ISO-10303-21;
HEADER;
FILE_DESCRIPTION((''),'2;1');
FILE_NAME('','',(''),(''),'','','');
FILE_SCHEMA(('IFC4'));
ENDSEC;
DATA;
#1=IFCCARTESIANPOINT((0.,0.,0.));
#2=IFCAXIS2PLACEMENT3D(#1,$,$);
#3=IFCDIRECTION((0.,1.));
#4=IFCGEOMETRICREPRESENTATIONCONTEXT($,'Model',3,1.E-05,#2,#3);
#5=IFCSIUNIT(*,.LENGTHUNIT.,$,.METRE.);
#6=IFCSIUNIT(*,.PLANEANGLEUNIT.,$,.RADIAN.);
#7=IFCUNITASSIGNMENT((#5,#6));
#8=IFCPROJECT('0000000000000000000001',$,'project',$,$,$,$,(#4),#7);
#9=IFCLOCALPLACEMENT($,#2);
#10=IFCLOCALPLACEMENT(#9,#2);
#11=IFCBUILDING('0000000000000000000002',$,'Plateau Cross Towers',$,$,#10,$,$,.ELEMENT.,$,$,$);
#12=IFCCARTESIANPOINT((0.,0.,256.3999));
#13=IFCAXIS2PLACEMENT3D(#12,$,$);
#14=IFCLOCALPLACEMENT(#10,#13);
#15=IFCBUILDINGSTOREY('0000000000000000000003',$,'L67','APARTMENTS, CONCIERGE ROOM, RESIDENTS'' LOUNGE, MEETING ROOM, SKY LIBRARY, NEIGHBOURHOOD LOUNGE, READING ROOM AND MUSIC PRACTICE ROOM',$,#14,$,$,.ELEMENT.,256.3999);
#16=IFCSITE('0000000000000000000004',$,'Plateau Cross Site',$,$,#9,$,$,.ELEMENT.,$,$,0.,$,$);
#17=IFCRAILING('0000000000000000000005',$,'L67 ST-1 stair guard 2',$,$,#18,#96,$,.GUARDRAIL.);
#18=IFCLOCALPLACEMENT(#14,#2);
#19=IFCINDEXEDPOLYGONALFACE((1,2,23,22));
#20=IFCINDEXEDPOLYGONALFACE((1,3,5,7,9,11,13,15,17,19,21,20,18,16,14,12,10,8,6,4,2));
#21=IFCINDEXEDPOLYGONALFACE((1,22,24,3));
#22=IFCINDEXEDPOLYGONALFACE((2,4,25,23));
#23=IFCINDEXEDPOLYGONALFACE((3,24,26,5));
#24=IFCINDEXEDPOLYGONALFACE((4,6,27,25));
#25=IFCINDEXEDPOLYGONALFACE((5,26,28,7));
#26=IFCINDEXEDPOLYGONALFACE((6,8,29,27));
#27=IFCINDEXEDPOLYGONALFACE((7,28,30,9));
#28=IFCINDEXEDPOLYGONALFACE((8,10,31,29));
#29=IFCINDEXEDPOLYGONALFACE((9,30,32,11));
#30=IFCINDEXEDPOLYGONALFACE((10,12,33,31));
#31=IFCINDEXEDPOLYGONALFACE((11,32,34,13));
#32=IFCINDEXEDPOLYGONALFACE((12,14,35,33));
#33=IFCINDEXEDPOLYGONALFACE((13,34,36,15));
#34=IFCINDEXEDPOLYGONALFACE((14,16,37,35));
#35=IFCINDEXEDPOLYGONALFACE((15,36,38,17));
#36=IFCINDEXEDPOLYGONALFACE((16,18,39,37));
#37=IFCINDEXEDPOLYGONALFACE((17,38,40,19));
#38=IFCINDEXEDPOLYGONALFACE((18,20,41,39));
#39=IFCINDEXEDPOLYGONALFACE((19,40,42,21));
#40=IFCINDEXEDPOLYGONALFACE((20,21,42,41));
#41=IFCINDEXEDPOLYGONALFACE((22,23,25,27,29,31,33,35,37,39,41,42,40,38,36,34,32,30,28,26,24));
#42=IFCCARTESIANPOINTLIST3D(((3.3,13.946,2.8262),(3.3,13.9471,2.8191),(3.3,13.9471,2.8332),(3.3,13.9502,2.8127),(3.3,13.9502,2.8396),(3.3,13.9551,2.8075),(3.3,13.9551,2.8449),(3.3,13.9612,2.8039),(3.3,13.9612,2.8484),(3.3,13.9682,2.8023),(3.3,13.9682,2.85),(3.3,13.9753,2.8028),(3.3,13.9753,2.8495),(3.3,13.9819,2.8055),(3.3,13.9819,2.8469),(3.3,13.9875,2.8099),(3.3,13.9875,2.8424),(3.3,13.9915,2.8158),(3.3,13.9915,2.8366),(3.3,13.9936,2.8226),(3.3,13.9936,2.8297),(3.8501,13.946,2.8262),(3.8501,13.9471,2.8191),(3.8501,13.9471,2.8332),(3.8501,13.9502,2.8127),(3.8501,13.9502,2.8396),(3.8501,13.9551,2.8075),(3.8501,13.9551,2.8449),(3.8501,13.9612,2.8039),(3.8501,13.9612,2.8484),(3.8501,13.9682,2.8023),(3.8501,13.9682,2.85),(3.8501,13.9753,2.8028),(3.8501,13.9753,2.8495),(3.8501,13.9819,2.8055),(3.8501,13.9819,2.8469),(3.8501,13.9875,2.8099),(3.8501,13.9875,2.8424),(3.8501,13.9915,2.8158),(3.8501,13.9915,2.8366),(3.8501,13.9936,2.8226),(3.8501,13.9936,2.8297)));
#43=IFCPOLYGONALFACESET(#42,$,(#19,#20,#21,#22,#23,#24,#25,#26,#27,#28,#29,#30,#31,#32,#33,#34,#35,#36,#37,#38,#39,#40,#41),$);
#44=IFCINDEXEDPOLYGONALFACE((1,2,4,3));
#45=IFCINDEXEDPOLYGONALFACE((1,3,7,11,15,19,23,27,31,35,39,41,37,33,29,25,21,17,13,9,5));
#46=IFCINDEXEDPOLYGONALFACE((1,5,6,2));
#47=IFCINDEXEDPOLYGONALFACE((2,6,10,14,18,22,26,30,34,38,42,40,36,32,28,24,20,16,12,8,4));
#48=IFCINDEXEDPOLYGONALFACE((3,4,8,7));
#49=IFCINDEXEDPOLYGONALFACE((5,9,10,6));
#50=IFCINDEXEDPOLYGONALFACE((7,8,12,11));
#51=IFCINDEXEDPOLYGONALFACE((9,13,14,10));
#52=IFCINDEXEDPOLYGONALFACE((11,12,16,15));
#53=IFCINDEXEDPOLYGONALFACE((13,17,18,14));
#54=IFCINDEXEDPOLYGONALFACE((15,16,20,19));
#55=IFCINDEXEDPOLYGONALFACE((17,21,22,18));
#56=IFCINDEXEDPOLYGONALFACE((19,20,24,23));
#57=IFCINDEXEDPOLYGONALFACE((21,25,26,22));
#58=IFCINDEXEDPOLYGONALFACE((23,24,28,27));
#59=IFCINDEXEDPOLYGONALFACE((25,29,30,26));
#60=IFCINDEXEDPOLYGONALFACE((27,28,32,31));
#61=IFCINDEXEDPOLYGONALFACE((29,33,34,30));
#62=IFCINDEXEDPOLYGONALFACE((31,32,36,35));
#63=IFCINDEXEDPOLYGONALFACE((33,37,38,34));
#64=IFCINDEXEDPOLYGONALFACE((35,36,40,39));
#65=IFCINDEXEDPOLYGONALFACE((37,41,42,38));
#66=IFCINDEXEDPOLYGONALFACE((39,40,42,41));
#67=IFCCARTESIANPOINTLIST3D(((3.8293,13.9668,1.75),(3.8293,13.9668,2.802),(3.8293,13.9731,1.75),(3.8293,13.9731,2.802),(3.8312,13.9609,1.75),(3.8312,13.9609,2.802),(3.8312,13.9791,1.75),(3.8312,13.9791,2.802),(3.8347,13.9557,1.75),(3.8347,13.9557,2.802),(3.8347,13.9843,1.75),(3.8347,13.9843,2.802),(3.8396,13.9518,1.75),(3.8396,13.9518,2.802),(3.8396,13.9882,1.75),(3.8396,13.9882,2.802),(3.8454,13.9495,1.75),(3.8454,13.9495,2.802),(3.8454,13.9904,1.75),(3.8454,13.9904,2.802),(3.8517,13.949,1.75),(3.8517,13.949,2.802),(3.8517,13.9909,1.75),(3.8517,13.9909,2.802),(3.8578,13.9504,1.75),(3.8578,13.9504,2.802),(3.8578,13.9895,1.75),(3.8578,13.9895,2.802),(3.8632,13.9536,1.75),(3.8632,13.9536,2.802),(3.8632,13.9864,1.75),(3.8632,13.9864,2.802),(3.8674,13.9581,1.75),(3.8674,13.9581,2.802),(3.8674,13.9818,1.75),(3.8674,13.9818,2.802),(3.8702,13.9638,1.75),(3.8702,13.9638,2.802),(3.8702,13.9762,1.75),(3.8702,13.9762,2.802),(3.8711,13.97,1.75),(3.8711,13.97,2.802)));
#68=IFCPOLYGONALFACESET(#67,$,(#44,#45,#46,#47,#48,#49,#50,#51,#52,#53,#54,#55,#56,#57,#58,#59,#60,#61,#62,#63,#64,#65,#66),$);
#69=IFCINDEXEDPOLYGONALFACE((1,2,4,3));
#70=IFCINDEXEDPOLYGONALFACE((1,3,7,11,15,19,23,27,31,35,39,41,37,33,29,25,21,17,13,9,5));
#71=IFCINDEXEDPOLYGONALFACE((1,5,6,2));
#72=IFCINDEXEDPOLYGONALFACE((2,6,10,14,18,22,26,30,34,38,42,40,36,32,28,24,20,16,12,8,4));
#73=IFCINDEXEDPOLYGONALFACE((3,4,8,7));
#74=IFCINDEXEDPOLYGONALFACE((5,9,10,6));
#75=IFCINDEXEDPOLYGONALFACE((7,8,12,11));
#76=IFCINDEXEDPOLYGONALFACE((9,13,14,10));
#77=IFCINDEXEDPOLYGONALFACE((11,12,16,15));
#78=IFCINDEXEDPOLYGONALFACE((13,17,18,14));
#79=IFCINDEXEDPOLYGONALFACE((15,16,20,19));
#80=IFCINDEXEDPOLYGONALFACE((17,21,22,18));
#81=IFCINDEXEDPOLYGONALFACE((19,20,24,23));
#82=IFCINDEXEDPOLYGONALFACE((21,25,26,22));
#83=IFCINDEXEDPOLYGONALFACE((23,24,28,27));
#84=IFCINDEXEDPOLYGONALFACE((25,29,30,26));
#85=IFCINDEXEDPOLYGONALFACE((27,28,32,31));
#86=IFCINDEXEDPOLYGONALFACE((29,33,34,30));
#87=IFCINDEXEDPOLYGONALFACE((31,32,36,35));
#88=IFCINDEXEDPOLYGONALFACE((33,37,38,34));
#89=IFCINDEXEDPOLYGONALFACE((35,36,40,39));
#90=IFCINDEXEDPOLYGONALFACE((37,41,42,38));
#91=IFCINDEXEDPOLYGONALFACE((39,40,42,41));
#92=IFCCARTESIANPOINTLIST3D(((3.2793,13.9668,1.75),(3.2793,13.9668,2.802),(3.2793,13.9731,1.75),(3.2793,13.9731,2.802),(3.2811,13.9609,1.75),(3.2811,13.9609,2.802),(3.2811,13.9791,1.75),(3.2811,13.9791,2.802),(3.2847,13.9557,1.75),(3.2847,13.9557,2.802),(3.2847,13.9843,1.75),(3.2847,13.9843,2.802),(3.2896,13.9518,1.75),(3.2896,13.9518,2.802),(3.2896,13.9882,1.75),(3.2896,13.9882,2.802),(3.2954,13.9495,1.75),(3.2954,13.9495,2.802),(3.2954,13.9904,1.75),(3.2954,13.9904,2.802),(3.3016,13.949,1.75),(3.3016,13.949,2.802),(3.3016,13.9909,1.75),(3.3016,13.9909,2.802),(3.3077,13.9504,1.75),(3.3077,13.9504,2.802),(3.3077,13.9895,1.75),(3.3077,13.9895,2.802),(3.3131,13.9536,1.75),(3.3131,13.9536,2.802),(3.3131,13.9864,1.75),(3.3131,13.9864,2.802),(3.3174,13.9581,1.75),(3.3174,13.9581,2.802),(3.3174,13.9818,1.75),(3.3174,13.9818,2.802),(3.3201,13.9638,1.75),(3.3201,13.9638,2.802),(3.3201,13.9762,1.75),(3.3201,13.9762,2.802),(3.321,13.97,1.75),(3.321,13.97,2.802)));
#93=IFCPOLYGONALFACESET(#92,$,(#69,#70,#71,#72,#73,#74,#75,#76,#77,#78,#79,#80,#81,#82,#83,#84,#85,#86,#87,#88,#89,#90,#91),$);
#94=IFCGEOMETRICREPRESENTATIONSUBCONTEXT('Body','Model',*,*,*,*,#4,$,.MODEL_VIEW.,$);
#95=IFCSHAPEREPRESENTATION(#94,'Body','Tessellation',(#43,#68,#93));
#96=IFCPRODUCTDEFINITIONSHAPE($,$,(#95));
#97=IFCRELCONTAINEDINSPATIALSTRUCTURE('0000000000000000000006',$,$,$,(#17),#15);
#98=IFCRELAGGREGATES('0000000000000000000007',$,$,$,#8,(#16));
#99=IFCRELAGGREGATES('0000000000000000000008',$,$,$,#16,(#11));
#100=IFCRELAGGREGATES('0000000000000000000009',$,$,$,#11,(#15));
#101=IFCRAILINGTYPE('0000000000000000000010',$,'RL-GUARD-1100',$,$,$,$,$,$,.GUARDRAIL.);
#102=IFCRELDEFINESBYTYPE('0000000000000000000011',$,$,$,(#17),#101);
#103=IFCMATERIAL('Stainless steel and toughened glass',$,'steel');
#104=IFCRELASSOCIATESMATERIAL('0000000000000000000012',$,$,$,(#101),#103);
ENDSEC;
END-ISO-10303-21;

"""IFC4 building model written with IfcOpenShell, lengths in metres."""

from ifc_helpers import new_model, si_unit, direction, frame, origin, origin_2d, place, context, subcontext, project, spatial, circle, extrude, material, type_object, element, save


model = new_model("IFC4")

# Units and contexts
model_context = context("Model", 3, precision=1e-05, world=origin(), true_north=direction((0.0, 1.0)))
body_context = subcontext(model_context, "Body", "Model", "MODEL_VIEW")
ifc_project = project(units=[si_unit("LENGTHUNIT", "METRE"), si_unit("PLANEANGLEUNIT", "RADIAN")], contexts=[model_context])

# Site, building, storey
site_placement = place(None, origin())
site = spatial("IfcSite", under=ifc_project, at=site_placement, Name="Plateau Cross Site", CompositionType="ELEMENT", RefElevation=0.0)
building_placement = place(site_placement, origin())
building = spatial("IfcBuilding", under=site, at=building_placement, Name="Plateau Cross Towers", CompositionType="ELEMENT")
storey_placement = place(building_placement, frame((0.0, 0.0, 256.3999)))
storey = spatial("IfcBuildingStorey", under=building, at=storey_placement, Name="L67", Description="APARTMENTS, CONCIERGE ROOM, RESIDENTS' LOUNGE, MEETING ROOM, SKY LIBRARY, NEIGHBOURHOOD LOUNGE, READING ROOM AND MUSIC PRACTICE ROOM", CompositionType="ELEMENT", Elevation=256.3999)

# Railing
ifc_material_1 = material(Name="Stainless steel and toughened glass", Category="steel")
railing_type_1 = type_object("IfcRailingType", Name="RL-GUARD-1100", PredefinedType="GUARDRAIL", material=ifc_material_1)
railing_1_placement = place(storey_placement, frame((3.8501, 13.97, 1.75)))
element("IfcRailing", 1, at=railing_1_placement, inside=storey, type_object=railing_type_1, Name="L67 ST-1 stair guard 2", PredefinedType="GUARDRAIL", context=body_context, shape_type="SweptSolid", body=[
    extrude(circle(Radius=0.0239, at=origin_2d()), frame((0.0, 0.0, 1.0762), z_axis=(-1.0, 0.0, 0.0), x_axis=(0.0, -1.0, 0.0)), (0.0, 0.0, 1.0), 0.55),
    extrude(circle(Radius=0.021, at=origin_2d()), origin(), (0.0, 0.0, 1.0), 1.052),
    extrude(circle(Radius=0.021, at=origin_2d()), frame((-0.55, 0.0, 0.0)), (0.0, 0.0, 1.0), 1.052),
])

save(model, "model.ifc")
